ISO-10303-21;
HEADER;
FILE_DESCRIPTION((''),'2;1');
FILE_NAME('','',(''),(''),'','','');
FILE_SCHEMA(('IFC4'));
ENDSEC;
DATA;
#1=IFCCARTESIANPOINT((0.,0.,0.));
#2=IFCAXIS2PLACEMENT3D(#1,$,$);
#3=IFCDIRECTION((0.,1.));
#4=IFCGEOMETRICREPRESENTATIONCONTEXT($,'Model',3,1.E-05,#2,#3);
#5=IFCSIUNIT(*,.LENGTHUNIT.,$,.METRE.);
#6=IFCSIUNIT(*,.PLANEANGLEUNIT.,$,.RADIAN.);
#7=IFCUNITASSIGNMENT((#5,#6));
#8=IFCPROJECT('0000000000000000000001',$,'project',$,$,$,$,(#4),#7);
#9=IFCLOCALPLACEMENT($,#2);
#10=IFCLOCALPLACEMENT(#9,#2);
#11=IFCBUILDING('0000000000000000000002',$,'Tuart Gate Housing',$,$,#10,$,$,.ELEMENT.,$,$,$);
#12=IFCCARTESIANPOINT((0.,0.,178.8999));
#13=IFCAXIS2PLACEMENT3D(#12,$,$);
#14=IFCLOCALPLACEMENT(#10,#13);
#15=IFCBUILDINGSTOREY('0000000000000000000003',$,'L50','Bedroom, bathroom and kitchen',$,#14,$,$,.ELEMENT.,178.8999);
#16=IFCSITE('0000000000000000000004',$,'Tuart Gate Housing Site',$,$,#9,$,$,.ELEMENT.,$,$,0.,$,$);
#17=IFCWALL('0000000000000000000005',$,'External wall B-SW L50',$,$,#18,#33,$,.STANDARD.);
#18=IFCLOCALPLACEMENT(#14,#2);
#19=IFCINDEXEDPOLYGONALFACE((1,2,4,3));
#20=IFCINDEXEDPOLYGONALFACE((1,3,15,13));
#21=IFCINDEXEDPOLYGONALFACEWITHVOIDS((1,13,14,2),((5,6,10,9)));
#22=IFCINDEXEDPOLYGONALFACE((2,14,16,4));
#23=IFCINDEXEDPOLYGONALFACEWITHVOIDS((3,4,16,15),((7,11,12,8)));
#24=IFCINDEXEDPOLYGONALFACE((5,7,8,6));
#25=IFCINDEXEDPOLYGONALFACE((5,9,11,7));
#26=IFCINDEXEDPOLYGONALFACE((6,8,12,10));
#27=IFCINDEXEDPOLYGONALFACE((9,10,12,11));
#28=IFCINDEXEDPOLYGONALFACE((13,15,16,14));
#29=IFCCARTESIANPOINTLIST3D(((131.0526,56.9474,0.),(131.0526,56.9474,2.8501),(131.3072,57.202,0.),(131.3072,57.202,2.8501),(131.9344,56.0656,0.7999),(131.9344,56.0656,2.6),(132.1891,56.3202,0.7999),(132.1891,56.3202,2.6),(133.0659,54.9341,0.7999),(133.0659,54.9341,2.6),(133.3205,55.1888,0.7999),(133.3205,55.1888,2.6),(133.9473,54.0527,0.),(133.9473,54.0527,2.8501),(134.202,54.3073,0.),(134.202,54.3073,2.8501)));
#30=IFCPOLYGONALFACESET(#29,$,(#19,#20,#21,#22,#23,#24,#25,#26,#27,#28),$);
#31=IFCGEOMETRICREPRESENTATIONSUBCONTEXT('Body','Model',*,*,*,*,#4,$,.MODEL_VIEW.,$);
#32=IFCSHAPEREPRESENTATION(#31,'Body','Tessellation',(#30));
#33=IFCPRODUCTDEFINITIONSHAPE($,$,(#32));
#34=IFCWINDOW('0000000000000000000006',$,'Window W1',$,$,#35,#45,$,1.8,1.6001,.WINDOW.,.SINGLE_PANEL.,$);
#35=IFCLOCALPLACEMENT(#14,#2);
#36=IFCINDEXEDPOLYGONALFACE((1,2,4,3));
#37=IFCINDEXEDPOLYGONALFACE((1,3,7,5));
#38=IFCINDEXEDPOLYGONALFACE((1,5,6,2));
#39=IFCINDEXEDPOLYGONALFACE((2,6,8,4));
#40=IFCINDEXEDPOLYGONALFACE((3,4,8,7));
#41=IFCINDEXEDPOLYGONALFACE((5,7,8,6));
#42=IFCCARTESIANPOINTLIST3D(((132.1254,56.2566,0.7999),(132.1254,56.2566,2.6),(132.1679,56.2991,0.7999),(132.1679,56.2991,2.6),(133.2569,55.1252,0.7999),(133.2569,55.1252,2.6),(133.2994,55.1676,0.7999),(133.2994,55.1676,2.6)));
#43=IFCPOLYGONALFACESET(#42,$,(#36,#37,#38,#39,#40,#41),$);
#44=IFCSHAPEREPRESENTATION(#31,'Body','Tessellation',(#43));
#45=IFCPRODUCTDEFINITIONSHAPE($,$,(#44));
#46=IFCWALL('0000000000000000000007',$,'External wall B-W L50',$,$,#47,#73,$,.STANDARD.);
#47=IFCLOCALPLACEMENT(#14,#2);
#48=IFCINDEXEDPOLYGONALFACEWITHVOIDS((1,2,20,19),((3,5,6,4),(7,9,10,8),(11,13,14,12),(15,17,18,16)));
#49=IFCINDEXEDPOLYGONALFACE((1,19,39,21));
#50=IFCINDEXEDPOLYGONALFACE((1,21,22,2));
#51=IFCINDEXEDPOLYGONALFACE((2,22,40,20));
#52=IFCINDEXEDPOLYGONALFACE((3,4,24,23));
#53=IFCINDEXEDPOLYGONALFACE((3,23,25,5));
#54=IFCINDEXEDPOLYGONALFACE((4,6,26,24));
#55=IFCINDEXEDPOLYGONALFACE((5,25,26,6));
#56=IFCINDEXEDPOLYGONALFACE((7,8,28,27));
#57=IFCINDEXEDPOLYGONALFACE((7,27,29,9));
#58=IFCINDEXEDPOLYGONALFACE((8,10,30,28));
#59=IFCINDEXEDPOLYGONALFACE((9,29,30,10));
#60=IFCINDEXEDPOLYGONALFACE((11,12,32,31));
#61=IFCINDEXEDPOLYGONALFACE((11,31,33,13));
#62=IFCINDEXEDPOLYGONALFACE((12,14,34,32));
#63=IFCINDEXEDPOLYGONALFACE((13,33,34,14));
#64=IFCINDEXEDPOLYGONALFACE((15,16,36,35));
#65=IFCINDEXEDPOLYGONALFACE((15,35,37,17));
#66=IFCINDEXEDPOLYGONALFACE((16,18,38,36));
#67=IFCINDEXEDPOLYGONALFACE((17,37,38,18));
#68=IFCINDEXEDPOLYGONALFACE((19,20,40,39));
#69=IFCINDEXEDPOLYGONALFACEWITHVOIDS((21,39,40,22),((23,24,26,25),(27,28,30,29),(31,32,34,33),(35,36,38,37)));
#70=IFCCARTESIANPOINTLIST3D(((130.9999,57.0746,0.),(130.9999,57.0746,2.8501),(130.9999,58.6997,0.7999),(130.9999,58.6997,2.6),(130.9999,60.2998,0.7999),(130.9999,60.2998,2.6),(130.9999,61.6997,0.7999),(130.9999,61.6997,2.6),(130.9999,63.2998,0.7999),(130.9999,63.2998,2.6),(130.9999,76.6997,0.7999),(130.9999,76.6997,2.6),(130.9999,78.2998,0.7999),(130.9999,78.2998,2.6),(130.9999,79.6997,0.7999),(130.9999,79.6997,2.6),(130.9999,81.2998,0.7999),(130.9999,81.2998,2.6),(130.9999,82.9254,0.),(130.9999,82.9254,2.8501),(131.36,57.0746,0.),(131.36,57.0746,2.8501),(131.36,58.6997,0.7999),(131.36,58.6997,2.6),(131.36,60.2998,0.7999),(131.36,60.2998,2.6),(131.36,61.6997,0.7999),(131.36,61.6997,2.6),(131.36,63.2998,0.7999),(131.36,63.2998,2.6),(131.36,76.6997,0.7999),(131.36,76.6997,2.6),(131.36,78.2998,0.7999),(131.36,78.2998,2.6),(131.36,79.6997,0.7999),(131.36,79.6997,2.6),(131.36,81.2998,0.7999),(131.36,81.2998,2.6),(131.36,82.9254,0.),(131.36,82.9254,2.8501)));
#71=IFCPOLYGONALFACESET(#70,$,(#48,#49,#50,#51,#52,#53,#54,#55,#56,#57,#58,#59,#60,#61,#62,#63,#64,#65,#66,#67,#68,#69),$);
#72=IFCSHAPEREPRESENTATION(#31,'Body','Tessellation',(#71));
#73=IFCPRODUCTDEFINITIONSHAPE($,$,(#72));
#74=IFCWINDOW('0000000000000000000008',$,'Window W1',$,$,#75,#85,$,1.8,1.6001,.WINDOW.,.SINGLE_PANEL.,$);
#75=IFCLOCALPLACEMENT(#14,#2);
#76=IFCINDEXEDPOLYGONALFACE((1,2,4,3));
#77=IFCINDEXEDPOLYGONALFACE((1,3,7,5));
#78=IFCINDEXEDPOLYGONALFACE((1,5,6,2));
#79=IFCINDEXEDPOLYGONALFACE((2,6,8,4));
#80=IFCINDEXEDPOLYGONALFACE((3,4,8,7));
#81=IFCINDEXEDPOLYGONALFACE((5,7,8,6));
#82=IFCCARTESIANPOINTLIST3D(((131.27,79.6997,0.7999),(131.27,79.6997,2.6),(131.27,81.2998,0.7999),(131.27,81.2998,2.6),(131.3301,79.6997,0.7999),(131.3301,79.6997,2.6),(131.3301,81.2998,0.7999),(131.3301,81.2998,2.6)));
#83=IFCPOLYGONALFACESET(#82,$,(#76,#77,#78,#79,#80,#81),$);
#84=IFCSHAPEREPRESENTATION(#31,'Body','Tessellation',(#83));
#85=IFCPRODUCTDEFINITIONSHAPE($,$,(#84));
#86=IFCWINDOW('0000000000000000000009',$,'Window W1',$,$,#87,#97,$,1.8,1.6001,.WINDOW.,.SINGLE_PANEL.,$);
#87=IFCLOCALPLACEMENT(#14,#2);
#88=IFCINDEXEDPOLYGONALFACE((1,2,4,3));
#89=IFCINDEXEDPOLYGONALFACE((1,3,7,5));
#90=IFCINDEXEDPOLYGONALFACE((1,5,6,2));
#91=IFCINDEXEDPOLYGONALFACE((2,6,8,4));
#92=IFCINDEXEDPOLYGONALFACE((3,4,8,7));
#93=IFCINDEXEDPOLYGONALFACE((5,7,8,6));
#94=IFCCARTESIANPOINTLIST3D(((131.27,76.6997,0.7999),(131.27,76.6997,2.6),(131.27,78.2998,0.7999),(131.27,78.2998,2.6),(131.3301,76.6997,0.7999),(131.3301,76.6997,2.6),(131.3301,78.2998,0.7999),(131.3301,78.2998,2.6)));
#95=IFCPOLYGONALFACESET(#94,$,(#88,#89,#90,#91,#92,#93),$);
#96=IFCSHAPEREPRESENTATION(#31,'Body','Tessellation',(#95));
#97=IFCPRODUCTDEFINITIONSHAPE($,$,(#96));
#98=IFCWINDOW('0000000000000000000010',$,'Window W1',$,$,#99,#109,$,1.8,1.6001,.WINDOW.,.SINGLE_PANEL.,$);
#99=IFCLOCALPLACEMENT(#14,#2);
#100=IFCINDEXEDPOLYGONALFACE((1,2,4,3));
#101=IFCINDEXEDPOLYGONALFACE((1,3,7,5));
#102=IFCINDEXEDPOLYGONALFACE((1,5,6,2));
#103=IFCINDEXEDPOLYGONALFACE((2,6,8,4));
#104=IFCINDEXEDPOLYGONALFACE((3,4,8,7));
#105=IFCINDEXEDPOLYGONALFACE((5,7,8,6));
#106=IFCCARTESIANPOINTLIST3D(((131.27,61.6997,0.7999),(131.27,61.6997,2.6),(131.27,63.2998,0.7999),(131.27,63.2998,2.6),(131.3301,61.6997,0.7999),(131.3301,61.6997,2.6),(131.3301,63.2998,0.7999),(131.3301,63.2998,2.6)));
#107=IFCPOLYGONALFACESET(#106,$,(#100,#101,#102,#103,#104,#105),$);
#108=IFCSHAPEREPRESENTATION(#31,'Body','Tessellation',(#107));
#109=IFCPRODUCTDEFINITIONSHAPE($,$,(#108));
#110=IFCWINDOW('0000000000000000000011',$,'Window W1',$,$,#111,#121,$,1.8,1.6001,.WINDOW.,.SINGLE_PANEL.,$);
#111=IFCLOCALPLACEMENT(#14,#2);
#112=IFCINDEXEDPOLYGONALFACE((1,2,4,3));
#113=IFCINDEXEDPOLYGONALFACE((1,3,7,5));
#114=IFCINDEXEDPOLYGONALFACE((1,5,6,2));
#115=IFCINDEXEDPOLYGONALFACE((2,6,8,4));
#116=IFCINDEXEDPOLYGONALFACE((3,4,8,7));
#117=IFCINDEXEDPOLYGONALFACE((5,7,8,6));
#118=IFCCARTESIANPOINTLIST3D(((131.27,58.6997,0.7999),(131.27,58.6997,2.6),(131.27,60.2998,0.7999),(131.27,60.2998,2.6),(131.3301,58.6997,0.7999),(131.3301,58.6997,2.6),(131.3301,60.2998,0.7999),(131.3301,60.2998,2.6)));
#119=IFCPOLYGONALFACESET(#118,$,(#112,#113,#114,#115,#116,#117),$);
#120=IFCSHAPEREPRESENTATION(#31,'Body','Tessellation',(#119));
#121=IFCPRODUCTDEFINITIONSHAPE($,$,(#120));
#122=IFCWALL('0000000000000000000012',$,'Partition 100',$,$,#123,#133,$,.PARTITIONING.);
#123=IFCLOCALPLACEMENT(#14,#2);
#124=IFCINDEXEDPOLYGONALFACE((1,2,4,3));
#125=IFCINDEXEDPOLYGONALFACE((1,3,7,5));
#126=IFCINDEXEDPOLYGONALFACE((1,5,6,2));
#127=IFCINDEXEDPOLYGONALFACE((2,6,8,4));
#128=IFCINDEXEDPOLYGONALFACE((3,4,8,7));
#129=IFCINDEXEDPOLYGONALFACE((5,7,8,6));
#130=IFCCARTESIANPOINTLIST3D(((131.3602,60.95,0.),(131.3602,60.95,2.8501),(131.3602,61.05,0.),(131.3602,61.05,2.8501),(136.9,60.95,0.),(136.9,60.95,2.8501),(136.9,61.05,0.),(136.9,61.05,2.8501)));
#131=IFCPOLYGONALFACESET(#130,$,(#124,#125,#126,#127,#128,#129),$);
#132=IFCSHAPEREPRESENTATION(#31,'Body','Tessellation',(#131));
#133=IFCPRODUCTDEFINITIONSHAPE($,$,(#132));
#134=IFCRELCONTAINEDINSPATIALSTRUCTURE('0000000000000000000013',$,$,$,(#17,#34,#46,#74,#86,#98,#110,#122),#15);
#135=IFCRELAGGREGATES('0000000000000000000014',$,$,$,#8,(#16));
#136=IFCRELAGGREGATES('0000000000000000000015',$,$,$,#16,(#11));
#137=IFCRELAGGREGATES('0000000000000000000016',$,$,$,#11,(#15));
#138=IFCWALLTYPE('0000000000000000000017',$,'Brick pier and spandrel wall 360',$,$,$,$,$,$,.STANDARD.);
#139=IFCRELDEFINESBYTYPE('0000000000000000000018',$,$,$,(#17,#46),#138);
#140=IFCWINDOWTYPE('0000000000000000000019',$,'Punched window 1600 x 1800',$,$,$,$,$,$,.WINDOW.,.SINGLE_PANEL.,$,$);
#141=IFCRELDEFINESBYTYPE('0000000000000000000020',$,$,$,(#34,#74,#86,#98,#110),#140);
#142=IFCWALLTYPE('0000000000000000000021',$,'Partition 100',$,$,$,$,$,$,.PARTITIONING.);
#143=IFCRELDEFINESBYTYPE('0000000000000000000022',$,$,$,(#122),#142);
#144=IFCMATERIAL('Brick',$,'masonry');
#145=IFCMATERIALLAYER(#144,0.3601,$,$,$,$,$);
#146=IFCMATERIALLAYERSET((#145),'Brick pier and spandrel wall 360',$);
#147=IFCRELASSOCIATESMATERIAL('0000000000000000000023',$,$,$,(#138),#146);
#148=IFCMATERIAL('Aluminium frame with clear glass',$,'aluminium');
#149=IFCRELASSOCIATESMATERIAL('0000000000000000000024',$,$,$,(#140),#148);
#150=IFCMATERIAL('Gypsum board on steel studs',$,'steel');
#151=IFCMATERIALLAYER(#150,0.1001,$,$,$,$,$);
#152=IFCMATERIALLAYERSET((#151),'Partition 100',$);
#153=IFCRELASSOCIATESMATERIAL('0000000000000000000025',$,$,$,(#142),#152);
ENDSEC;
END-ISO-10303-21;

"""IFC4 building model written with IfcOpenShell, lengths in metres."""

from ifc_helpers import new_model, si_unit, direction, frame, frame_2d, origin, place, context, subcontext, project, spatial, rectangle, extrude, material, layer, layer_set, type_object, element, fill, save


model = new_model("IFC4")

# Units and contexts
model_context = context("Model", 3, precision=1e-05, world=origin(), true_north=direction((0.0, 1.0)))
body_context = subcontext(model_context, "Body", "Model", "MODEL_VIEW")
ifc_project = project(units=[si_unit("LENGTHUNIT", "METRE"), si_unit("PLANEANGLEUNIT", "RADIAN")], contexts=[model_context])

# Site, building, storey
site_placement = place(None, origin())
site = spatial("IfcSite", under=ifc_project, at=site_placement, Name="Tuart Gate Housing Site", CompositionType="ELEMENT", RefElevation=0.0)
building_placement = place(site_placement, origin())
building = spatial("IfcBuilding", under=site, at=building_placement, Name="Tuart Gate Housing", CompositionType="ELEMENT")
storey_placement = place(building_placement, frame((0.0, 0.0, 178.8999)))
storey = spatial("IfcBuildingStorey", under=building, at=storey_placement, Name="L50", Description="Bedroom, bathroom and kitchen", CompositionType="ELEMENT", Elevation=178.8999)

# Shared definitions
ifc_material_1 = material(Name="Brick", Category="masonry")
ifc_layer_1 = layer(ifc_material_1, 0.3601)
ifc_layer_set_1 = layer_set([ifc_layer_1], Name="Brick pier and spandrel wall 360")
wall_type_1 = type_object("IfcWallType", Name="Brick pier and spandrel wall 360", PredefinedType="STANDARD", material=ifc_layer_set_1)
ifc_material_2 = material(Name="Aluminium frame with clear glass", Category="aluminium")
window_type = type_object("IfcWindowType", Name="Punched window 1600 x 1800", PartitioningType="SINGLE_PANEL", PredefinedType="WINDOW", material=ifc_material_2)

# Wall, opening, window
wall_1_placement = place(storey_placement, frame((131.1799, 57.0747, 0.0), z_axis=(0.0, 0.0, 1.0), x_axis=(0.707107, -0.707107, 0.0)))
wall_1 = element("IfcWall", 1, at=wall_1_placement, inside=storey, type_object=wall_type_1, Name="External wall B-SW L50", PredefinedType="STANDARD", context=body_context, shape_type="SweptSolid", body=[
    extrude(rectangle(XDim=4.0938, YDim=0.3601, at=frame_2d((2.0469, 0.0))), origin(), (0.0, 0.0, 1.0), 2.8501),
])
opening_1_placement = place(wall_1_placement, frame((1.2471, 0.0, 0.8)))
opening_1 = element("IfcOpeningElement", 2, at=opening_1_placement, cuts=wall_1, PredefinedType="OPENING", context=body_context, shape_type="SweptSolid", body=[
    extrude(rectangle(XDim=1.6001, YDim=1.8, at=frame_2d((0.8, 0.8999))), frame((0.0, 0.1899, 0.0), z_axis=(0.0, -1.0, 0.0), x_axis=(1.0, 0.0, 0.0)), (0.0, 0.0, 1.0), 0.3801),
])
window_1_placement = place(opening_1_placement, origin())
window_1 = element("IfcWindow", 3, at=window_1_placement, inside=storey, type_object=window_type, Name="Window W1", OverallHeight=1.8, OverallWidth=1.6001, PartitioningType="SINGLE_PANEL", PredefinedType="WINDOW", context=body_context, shape_type="SweptSolid", body=[
    extrude(rectangle(XDim=1.6001, YDim=1.8, at=frame_2d((0.8, 0.8999))), frame((0.0, 0.1501, 0.0), z_axis=(0.0, -1.0, 0.0), x_axis=(1.0, 0.0, 0.0)), (0.0, 0.0, 1.0), 0.0601),
])
fill(opening_1, window_1)

# Wall, openings, windows
wall_2_placement = place(storey_placement, frame((131.1799, 82.9253, 0.0), z_axis=(0.0, 0.0, 1.0), x_axis=(0.0, -1.0, 0.0)))
wall_2 = element("IfcWall", 4, at=wall_2_placement, inside=storey, type_object=wall_type_1, Name="External wall B-W L50", PredefinedType="STANDARD", context=body_context, shape_type="SweptSolid", body=[
    extrude(rectangle(XDim=25.8508, YDim=0.3601, at=frame_2d((12.9253, 0.0))), origin(), (0.0, 0.0, 1.0), 2.8501),
])
opening_2_placement = place(wall_2_placement, frame((1.6255, 0.0, 0.8)))
opening_2 = element("IfcOpeningElement", 5, at=opening_2_placement, cuts=wall_2, PredefinedType="OPENING", context=body_context, shape_type="SweptSolid", body=[
    extrude(rectangle(XDim=1.6001, YDim=1.8, at=frame_2d((0.8, 0.8999))), frame((0.0, 0.1899, 0.0), z_axis=(0.0, -1.0, 0.0), x_axis=(1.0, 0.0, 0.0)), (0.0, 0.0, 1.0), 0.3801),
])
opening_3_placement = place(wall_2_placement, frame((4.6255, 0.0, 0.8)))
opening_3 = element("IfcOpeningElement", 6, at=opening_3_placement, cuts=wall_2, PredefinedType="OPENING", context=body_context, shape_type="SweptSolid", body=[
    extrude(rectangle(XDim=1.6001, YDim=1.8, at=frame_2d((0.8, 0.8999))), frame((0.0, 0.1899, 0.0), z_axis=(0.0, -1.0, 0.0), x_axis=(1.0, 0.0, 0.0)), (0.0, 0.0, 1.0), 0.3801),
])
opening_4_placement = place(wall_2_placement, frame((19.6255, 0.0, 0.8)))
opening_4 = element("IfcOpeningElement", 7, at=opening_4_placement, cuts=wall_2, PredefinedType="OPENING", context=body_context, shape_type="SweptSolid", body=[
    extrude(rectangle(XDim=1.6001, YDim=1.8, at=frame_2d((0.8, 0.8999))), frame((0.0, 0.1899, 0.0), z_axis=(0.0, -1.0, 0.0), x_axis=(1.0, 0.0, 0.0)), (0.0, 0.0, 1.0), 0.3801),
])
opening_5_placement = place(wall_2_placement, frame((22.6255, 0.0, 0.8)))
opening_5 = element("IfcOpeningElement", 8, at=opening_5_placement, cuts=wall_2, PredefinedType="OPENING", context=body_context, shape_type="SweptSolid", body=[
    extrude(rectangle(XDim=1.6001, YDim=1.8, at=frame_2d((0.8, 0.8999))), frame((0.0, 0.1899, 0.0), z_axis=(0.0, -1.0, 0.0), x_axis=(1.0, 0.0, 0.0)), (0.0, 0.0, 1.0), 0.3801),
])
window_2_placement = place(opening_2_placement, origin())
window_2 = element("IfcWindow", 9, at=window_2_placement, inside=storey, type_object=window_type, Name="Window W1", OverallHeight=1.8, OverallWidth=1.6001, PartitioningType="SINGLE_PANEL", PredefinedType="WINDOW", context=body_context, shape_type="SweptSolid", body=[
    extrude(rectangle(XDim=1.6001, YDim=1.8, at=frame_2d((0.8, 0.8999))), frame((0.0, 0.1501, 0.0), z_axis=(0.0, -1.0, 0.0), x_axis=(1.0, 0.0, 0.0)), (0.0, 0.0, 1.0), 0.0601),
])
fill(opening_2, window_2)
window_3_placement = place(opening_3_placement, origin())
window_3 = element("IfcWindow", 10, at=window_3_placement, inside=storey, type_object=window_type, Name="Window W1", OverallHeight=1.8, OverallWidth=1.6001, PartitioningType="SINGLE_PANEL", PredefinedType="WINDOW", context=body_context, shape_type="SweptSolid", body=[
    extrude(rectangle(XDim=1.6001, YDim=1.8, at=frame_2d((0.8, 0.8999))), frame((0.0, 0.1501, 0.0), z_axis=(0.0, -1.0, 0.0), x_axis=(1.0, 0.0, 0.0)), (0.0, 0.0, 1.0), 0.0601),
])
fill(opening_3, window_3)
window_4_placement = place(opening_4_placement, origin())
window_4 = element("IfcWindow", 11, at=window_4_placement, inside=storey, type_object=window_type, Name="Window W1", OverallHeight=1.8, OverallWidth=1.6001, PartitioningType="SINGLE_PANEL", PredefinedType="WINDOW", context=body_context, shape_type="SweptSolid", body=[
    extrude(rectangle(XDim=1.6001, YDim=1.8, at=frame_2d((0.8, 0.8999))), frame((0.0, 0.1501, 0.0), z_axis=(0.0, -1.0, 0.0), x_axis=(1.0, 0.0, 0.0)), (0.0, 0.0, 1.0), 0.0601),
])
fill(opening_4, window_4)
window_5_placement = place(opening_5_placement, origin())
window_5 = element("IfcWindow", 12, at=window_5_placement, inside=storey, type_object=window_type, Name="Window W1", OverallHeight=1.8, OverallWidth=1.6001, PartitioningType="SINGLE_PANEL", PredefinedType="WINDOW", context=body_context, shape_type="SweptSolid", body=[
    extrude(rectangle(XDim=1.6001, YDim=1.8, at=frame_2d((0.8, 0.8999))), frame((0.0, 0.1501, 0.0), z_axis=(0.0, -1.0, 0.0), x_axis=(1.0, 0.0, 0.0)), (0.0, 0.0, 1.0), 0.0601),
])
fill(opening_5, window_5)

# Wall
ifc_material_3 = material(Name="Gypsum board on steel studs", Category="steel")
ifc_layer_2 = layer(ifc_material_3, 0.1001)
ifc_layer_set_2 = layer_set([ifc_layer_2], Name="Partition 100")
wall_type_2 = type_object("IfcWallType", Name="Partition 100", PredefinedType="PARTITIONING", material=ifc_layer_set_2)
wall_3_placement = place(storey_placement, frame((131.3601, 61.0, 0.0), z_axis=(0.0, 0.0, 1.0), x_axis=(1.0, 0.0, 0.0)))
element("IfcWall", 13, at=wall_3_placement, inside=storey, type_object=wall_type_2, Name="Partition 100", PredefinedType="PARTITIONING", context=body_context, shape_type="SweptSolid", body=[
    extrude(rectangle(XDim=5.5398, YDim=0.1001, at=frame_2d((2.77, 0.0))), origin(), (0.0, 0.0, 1.0), 2.8501),
])

save(model, "model.ifc")
